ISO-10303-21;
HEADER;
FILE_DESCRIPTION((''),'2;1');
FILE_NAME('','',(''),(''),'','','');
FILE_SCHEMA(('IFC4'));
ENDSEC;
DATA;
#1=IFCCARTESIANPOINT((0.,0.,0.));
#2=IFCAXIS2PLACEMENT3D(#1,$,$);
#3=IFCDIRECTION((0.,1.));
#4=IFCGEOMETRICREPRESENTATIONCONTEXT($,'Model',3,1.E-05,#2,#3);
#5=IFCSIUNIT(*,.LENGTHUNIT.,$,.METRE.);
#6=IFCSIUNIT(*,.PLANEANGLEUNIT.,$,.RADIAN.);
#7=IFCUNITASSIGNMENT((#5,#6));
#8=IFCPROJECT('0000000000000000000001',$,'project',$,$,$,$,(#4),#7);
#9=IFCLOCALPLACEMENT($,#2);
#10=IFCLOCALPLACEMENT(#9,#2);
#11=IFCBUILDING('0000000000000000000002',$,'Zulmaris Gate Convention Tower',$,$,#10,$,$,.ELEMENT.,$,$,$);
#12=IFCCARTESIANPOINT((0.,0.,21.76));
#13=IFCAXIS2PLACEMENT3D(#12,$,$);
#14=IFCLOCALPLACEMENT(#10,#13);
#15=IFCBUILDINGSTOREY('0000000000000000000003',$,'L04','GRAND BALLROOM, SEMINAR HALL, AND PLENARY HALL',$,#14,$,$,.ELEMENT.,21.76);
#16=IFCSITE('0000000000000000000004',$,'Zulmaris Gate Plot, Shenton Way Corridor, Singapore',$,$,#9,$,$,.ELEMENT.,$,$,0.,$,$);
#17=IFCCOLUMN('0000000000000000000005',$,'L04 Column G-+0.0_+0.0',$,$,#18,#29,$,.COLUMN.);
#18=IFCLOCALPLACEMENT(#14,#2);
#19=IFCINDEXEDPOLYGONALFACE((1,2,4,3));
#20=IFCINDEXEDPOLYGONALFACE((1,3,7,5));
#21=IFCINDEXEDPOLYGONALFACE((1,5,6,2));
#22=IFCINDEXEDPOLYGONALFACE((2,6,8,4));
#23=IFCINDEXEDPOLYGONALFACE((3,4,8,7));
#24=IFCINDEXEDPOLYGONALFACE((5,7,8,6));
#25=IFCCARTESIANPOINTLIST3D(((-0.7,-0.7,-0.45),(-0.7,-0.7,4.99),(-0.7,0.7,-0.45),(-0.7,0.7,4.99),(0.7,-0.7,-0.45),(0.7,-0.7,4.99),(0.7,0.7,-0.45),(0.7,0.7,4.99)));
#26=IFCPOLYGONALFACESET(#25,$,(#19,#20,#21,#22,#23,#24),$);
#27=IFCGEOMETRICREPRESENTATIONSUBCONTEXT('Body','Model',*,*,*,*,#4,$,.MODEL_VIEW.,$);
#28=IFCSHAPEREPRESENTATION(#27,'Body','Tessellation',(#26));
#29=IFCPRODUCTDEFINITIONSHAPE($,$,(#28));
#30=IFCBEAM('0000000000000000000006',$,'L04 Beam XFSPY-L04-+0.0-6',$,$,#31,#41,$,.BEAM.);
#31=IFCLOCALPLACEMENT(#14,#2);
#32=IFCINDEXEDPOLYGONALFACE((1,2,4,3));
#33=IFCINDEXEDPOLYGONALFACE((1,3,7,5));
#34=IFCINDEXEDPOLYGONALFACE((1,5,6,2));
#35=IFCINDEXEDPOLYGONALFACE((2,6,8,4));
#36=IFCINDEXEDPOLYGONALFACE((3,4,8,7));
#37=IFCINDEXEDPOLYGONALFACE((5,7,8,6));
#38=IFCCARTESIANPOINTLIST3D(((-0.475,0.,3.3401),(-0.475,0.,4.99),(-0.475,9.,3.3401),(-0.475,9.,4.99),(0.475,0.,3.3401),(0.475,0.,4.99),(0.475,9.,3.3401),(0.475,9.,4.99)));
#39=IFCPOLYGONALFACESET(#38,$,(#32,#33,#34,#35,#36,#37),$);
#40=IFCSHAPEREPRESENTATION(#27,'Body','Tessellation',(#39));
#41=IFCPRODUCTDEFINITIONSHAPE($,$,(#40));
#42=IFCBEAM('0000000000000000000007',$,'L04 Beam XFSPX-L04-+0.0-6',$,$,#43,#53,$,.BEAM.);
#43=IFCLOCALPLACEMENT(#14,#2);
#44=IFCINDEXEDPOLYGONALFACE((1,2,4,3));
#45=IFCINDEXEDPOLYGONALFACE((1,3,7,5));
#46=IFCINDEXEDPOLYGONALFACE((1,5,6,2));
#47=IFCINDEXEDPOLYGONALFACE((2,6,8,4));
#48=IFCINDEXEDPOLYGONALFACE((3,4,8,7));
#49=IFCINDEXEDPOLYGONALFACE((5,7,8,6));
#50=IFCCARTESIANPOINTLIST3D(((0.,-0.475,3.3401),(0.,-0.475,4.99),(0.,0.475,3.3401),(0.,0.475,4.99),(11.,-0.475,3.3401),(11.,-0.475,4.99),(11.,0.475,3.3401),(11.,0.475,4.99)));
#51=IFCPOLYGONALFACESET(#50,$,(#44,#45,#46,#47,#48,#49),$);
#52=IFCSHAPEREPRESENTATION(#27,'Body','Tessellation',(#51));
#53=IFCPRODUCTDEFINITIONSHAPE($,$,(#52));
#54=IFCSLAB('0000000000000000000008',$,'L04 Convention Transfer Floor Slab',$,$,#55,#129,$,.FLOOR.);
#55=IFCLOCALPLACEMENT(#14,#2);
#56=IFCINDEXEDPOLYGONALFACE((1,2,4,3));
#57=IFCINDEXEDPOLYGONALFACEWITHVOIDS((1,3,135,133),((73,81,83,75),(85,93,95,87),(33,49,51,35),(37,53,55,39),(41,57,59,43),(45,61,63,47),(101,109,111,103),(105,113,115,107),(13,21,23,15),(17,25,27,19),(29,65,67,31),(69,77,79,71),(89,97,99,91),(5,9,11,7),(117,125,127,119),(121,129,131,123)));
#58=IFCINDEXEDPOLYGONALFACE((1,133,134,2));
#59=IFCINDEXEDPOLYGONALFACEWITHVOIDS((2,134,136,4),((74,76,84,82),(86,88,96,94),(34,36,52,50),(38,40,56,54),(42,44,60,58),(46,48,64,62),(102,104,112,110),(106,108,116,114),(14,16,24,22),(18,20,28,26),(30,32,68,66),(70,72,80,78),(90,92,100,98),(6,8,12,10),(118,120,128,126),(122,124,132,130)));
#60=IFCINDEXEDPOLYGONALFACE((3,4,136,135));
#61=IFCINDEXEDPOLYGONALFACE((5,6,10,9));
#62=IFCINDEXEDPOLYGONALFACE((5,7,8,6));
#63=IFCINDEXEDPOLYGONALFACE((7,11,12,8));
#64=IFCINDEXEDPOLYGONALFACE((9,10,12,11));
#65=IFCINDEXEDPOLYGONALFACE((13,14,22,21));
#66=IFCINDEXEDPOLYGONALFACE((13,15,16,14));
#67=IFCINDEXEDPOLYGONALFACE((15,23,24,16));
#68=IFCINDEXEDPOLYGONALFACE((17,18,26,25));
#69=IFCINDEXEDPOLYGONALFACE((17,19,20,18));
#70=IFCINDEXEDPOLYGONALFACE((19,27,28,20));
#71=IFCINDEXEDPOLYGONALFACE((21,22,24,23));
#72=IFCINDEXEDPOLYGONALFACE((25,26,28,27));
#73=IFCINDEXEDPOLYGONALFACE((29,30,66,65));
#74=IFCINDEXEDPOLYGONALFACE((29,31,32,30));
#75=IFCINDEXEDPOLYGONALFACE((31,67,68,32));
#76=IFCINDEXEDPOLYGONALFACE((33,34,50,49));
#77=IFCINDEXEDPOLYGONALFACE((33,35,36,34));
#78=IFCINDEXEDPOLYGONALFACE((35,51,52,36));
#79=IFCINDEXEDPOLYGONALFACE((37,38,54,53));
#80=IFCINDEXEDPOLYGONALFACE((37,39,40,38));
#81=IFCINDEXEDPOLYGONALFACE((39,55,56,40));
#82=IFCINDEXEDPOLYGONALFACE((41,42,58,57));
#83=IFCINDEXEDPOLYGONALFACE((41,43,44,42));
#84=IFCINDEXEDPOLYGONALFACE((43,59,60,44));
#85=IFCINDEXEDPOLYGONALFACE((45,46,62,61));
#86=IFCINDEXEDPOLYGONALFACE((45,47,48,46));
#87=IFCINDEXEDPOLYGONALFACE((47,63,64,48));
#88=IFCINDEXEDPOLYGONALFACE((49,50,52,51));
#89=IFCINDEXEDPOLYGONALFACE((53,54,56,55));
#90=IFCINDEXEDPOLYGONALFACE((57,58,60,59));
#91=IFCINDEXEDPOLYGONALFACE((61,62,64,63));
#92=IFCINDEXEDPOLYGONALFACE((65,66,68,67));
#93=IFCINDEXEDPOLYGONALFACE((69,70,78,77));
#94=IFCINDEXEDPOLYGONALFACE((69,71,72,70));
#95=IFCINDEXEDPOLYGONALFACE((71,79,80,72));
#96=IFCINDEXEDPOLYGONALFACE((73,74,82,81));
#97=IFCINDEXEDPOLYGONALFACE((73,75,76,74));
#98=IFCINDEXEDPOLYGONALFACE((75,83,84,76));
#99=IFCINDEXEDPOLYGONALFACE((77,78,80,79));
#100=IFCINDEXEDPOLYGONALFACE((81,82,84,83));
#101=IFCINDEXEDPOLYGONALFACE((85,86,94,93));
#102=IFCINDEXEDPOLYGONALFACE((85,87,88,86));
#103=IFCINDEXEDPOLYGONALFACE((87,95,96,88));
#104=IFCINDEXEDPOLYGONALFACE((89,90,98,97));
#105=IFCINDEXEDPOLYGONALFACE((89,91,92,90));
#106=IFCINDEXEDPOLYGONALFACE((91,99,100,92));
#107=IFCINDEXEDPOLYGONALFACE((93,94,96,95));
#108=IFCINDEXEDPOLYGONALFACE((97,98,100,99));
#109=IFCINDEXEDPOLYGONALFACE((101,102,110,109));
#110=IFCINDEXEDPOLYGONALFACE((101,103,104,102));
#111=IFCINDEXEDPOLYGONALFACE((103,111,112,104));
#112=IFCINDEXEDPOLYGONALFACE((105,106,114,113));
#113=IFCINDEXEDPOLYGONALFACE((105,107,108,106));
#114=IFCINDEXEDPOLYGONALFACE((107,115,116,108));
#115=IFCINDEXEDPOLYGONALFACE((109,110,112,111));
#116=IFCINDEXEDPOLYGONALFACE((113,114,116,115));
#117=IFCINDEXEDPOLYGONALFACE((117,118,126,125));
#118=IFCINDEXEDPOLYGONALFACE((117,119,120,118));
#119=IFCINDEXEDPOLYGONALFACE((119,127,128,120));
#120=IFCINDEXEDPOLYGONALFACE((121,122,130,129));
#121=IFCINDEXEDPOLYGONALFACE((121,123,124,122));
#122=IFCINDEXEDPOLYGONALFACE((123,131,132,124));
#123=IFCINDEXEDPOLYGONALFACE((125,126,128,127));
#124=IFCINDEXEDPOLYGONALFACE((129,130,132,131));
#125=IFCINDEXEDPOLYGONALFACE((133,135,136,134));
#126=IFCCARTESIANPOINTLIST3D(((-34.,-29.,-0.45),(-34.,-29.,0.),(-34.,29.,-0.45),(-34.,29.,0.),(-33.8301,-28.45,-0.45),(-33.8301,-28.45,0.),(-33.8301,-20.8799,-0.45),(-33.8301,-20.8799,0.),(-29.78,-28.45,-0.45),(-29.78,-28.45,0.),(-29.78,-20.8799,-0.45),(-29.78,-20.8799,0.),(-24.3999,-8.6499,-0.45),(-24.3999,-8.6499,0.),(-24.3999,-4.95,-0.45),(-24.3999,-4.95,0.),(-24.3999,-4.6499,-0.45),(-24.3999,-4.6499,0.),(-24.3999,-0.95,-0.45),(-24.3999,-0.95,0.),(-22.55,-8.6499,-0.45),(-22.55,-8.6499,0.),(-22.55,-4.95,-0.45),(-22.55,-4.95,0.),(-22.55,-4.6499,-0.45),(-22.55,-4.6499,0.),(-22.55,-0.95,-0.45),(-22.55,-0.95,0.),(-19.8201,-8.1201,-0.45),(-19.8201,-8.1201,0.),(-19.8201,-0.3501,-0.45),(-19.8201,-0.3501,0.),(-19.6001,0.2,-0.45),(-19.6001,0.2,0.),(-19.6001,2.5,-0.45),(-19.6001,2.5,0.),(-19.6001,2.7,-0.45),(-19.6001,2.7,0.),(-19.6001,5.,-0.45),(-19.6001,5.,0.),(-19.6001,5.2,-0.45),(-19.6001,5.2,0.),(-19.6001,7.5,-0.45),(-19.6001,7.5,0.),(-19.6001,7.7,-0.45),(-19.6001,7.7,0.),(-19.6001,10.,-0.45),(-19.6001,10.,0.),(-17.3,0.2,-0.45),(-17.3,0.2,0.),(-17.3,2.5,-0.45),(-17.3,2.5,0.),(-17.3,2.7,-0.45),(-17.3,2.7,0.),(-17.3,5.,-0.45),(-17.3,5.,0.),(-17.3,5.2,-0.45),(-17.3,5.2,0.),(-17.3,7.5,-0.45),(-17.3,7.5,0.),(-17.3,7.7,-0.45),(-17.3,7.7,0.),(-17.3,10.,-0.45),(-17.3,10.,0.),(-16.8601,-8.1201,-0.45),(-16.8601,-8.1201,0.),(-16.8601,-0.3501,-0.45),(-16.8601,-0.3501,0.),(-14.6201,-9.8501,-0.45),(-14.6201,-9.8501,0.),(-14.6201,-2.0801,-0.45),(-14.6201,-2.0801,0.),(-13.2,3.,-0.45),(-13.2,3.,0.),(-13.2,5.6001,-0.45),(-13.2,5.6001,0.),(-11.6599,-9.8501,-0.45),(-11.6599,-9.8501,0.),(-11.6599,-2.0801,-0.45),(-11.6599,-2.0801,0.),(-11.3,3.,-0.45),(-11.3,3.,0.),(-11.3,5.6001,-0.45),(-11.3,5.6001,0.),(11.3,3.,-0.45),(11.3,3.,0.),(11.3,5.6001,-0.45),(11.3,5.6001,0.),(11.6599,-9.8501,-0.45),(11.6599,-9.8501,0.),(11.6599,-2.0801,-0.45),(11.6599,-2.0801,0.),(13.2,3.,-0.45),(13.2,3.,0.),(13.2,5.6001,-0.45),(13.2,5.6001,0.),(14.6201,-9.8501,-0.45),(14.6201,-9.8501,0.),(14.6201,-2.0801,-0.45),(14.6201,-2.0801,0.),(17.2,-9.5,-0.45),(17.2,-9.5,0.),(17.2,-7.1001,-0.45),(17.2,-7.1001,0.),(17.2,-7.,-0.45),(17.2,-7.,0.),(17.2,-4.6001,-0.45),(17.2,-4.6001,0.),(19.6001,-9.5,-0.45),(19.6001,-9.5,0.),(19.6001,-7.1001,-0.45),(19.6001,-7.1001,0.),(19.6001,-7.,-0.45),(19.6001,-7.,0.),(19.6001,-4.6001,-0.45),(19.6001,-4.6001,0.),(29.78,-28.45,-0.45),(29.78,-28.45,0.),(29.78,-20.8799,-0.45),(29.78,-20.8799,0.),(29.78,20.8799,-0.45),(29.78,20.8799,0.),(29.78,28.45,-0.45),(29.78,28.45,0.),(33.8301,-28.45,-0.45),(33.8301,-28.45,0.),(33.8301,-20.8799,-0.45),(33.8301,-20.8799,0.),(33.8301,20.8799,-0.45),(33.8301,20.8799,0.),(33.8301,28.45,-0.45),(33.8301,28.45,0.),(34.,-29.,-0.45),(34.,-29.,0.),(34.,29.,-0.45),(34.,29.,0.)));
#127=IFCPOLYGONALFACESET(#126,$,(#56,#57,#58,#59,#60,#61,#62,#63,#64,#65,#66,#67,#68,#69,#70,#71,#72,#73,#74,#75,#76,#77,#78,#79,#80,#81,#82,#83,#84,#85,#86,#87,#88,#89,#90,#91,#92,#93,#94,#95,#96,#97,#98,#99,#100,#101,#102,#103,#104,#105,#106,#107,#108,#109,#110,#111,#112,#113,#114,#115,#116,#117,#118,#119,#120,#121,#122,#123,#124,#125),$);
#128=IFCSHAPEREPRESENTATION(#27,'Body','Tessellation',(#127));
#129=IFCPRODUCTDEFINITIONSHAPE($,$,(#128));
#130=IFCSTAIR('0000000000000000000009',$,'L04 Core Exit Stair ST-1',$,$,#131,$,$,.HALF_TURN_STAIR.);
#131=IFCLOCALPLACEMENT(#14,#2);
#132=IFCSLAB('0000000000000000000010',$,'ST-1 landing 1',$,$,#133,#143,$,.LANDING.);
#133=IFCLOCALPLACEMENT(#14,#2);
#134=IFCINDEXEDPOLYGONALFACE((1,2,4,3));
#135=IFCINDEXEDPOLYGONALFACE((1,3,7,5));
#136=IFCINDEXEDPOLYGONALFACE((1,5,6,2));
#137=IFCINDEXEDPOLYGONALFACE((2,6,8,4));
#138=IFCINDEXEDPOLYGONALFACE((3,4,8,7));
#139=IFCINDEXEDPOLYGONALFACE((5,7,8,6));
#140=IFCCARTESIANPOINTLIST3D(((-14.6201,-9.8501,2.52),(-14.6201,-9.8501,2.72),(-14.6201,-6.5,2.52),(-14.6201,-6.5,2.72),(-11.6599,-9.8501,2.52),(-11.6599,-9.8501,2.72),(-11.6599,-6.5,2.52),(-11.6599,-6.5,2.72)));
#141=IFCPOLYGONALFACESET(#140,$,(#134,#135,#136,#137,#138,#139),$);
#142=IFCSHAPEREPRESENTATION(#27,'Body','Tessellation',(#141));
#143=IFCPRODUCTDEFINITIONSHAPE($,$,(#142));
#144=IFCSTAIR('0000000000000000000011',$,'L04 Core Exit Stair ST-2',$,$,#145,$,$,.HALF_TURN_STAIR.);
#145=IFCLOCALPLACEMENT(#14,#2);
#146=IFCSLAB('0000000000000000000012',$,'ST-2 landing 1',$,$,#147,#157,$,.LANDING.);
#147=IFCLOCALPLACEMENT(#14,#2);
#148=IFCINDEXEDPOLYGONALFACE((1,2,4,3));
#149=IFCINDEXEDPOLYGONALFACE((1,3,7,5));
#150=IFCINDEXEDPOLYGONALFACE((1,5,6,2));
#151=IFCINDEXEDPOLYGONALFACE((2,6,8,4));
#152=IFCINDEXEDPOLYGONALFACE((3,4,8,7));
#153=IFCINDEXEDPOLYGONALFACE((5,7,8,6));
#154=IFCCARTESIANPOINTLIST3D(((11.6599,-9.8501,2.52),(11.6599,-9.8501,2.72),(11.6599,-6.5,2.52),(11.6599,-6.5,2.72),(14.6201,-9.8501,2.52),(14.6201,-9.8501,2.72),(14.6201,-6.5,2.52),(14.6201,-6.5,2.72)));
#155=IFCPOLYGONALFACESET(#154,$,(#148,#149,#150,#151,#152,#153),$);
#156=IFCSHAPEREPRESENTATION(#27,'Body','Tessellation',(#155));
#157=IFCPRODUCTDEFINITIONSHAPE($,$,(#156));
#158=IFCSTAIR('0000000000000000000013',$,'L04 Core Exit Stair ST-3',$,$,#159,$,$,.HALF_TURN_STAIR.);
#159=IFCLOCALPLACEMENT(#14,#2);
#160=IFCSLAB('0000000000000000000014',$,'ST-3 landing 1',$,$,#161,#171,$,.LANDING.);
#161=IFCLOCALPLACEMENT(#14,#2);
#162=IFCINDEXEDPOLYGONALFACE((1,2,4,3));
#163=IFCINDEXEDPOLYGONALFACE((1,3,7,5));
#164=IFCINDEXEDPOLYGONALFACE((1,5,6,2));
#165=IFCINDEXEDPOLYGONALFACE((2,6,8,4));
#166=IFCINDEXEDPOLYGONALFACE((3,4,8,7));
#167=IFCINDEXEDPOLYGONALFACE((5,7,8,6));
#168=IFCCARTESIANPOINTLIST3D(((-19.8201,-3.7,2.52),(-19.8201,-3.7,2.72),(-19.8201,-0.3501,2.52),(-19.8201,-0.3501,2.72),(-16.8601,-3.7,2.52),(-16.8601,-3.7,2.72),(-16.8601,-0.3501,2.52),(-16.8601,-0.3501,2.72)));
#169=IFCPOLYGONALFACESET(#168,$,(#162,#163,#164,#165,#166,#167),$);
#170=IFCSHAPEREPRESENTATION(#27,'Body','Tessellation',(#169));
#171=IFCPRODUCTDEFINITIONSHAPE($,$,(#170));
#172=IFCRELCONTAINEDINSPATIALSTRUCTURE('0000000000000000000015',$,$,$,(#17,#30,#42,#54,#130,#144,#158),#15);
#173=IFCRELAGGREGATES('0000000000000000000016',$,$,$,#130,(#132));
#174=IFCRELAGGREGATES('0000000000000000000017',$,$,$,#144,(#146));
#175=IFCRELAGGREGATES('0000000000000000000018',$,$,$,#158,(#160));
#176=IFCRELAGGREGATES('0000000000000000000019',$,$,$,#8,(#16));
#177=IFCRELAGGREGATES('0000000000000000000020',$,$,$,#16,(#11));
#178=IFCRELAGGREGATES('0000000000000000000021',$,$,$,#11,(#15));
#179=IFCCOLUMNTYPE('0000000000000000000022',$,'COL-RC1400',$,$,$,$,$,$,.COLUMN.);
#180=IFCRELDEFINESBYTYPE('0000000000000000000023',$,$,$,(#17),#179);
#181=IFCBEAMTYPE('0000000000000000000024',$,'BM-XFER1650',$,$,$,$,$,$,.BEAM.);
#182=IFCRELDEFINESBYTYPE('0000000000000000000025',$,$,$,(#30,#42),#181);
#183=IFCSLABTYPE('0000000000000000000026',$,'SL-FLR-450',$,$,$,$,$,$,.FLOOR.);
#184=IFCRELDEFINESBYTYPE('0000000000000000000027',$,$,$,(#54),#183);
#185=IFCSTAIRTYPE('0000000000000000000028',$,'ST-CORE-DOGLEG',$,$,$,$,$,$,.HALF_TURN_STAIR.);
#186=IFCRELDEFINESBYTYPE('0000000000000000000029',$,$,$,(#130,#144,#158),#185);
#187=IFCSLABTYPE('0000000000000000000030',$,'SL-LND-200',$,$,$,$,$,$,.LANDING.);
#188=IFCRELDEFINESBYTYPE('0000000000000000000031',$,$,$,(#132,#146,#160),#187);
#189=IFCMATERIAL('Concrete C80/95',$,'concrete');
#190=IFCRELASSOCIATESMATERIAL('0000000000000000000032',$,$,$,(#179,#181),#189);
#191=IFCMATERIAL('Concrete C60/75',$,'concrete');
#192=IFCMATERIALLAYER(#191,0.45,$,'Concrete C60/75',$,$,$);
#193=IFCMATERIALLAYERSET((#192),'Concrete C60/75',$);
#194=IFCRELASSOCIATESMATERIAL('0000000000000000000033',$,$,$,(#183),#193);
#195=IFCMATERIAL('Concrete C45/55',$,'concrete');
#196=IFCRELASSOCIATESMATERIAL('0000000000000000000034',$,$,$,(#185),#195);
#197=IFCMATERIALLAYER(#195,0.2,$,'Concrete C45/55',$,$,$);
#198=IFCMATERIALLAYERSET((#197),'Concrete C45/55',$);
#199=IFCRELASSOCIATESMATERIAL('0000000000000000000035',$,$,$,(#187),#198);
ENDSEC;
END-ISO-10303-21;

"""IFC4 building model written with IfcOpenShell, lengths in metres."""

from ifc_helpers import new_model, si_unit, direction, frame, origin, origin_2d, place, context, subcontext, project, spatial, polyline, rectangle, outline, extrude, material, layer, layer_set, material_profile, profile_set, type_object, element, aggregate, save


model = new_model("IFC4")

# Units and contexts
model_context = context("Model", 3, precision=1e-05, world=origin(), true_north=direction((0.0, 1.0)))
body_context = subcontext(model_context, "Body", "Model", "MODEL_VIEW")
ifc_project = project(units=[si_unit("LENGTHUNIT", "METRE"), si_unit("PLANEANGLEUNIT", "RADIAN")], contexts=[model_context])

# Site, building, storey
site_placement = place(None, origin())
site = spatial("IfcSite", under=ifc_project, at=site_placement, Name="Zulmaris Gate Plot, Shenton Way Corridor, Singapore", CompositionType="ELEMENT", RefElevation=0.0)
building_placement = place(site_placement, origin())
building = spatial("IfcBuilding", under=site, at=building_placement, Name="Zulmaris Gate Convention Tower", CompositionType="ELEMENT")
storey_placement = place(building_placement, frame((0.0, 0.0, 21.76)))
storey = spatial("IfcBuildingStorey", under=building, at=storey_placement, Name="L04", Description="GRAND BALLROOM, SEMINAR HALL, AND PLENARY HALL", CompositionType="ELEMENT", Elevation=21.76)

# Column
ifc_material_1 = material(Name="Concrete C80/95", Category="concrete")
ifc_material_profile_1 = material_profile(ifc_material_1, rectangle(XDim=1.3999, YDim=1.3999, at=origin_2d()), Name="RC COL 1400x1400")
ifc_profile_set_1 = profile_set([ifc_material_profile_1], Name="Concrete C80/95")
column_type = type_object("IfcColumnType", Name="COL-RC1400", PredefinedType="COLUMN", material=ifc_profile_set_1)
column_placement = place(storey_placement, frame((0.0, 0.0, -0.45), z_axis=(0.0, 0.0, 1.0), x_axis=(1.0, 0.0, 0.0)))
element("IfcColumn", 1, at=column_placement, inside=storey, type_object=column_type, Name="L04 Column G-+0.0_+0.0", PredefinedType="COLUMN", context=body_context, shape_type="SweptSolid", body=[
    extrude(rectangle(XDim=1.3999, YDim=1.3999, at=origin_2d()), origin(), (0.0, 0.0, 1.0), 5.4399),
])

# Beams
ifc_material_profile_2 = material_profile(ifc_material_1, rectangle(XDim=0.95, YDim=1.6499, at=origin_2d()), Name="RC TRANSFER 950x1650")
ifc_profile_set_2 = profile_set([ifc_material_profile_2], Name="Concrete C80/95")
beam_type = type_object("IfcBeamType", Name="BM-XFER1650", PredefinedType="BEAM", material=ifc_profile_set_2)
beam_1_placement = place(storey_placement, frame((0.0, 0.0, 4.165), z_axis=(0.0, 1.0, 0.0), x_axis=(-1.0, 0.0, 0.0)))
element("IfcBeam", 2, at=beam_1_placement, inside=storey, type_object=beam_type, Name="L04 Beam XFSPY-L04-+0.0-6", PredefinedType="BEAM", context=body_context, shape_type="SweptSolid", body=[
    extrude(rectangle(XDim=0.95, YDim=1.6499, at=origin_2d()), origin(), (0.0, 0.0, 1.0), 9.0),
])
beam_2_placement = place(storey_placement, frame((0.0, 0.0, 4.165), z_axis=(1.0, 0.0, 0.0), x_axis=(0.0, 1.0, 0.0)))
element("IfcBeam", 3, at=beam_2_placement, inside=storey, type_object=beam_type, Name="L04 Beam XFSPX-L04-+0.0-6", PredefinedType="BEAM", context=body_context, shape_type="SweptSolid", body=[
    extrude(rectangle(XDim=0.95, YDim=1.6499, at=origin_2d()), origin(), (0.0, 0.0, 1.0), 11.0),
])

# Slab
ifc_material_2 = material(Name="Concrete C60/75", Category="concrete")
ifc_layer_1 = layer(ifc_material_2, 0.45, Name="Concrete C60/75")
ifc_layer_set_1 = layer_set([ifc_layer_1], Name="Concrete C60/75")
slab_type_1 = type_object("IfcSlabType", Name="SL-FLR-450", PredefinedType="FLOOR", material=ifc_layer_set_1)
slab_1_placement = place(storey_placement, frame((0.0, 0.0, -0.45)))
element("IfcSlab", 4, at=slab_1_placement, inside=storey, type_object=slab_type_1, Name="L04 Convention Transfer Floor Slab", PredefinedType="FLOOR", context=body_context, shape_type="SweptSolid", body=[
    extrude(outline(polyline([(-34.0, -29.0), (34.0, -29.0), (34.0, 29.0), (-34.0, 29.0), (-34.0, -29.0)]), holes=[polyline([(-14.6201, -2.0801), (-14.6201, -9.8501), (-11.6599, -9.8501), (-11.6599, -2.0801), (-14.6201, -2.0801)]), polyline([(11.6599, -2.0801), (11.6599, -9.8501), (14.6201, -9.8501), (14.6201, -2.0801), (11.6599, -2.0801)]), polyline([(-16.8601, -8.1201), (-16.8601, -0.3501), (-19.8201, -0.3501), (-19.8201, -8.1201), (-16.8601, -8.1201)]), polyline([(-33.8301, -20.8799), (-33.8301, -28.45), (-29.78, -28.45), (-29.78, -20.8799), (-33.8301, -20.8799)]), polyline([(33.8301, 20.8799), (33.8301, 28.45), (29.78, 28.45), (29.78, 20.8799), (33.8301, 20.8799)]), polyline([(29.78, -20.8799), (29.78, -28.45), (33.8301, -28.45), (33.8301, -20.8799), (29.78, -20.8799)]), polyline([(-13.2, 3.0), (-11.3, 3.0), (-11.3, 5.6001), (-13.2, 5.6001), (-13.2, 3.0)]), polyline([(11.3, 3.0), (13.2, 3.0), (13.2, 5.6001), (11.3, 5.6001), (11.3, 3.0)]), polyline([(-19.6001, 0.2), (-17.3, 0.2), (-17.3, 2.5), (-19.6001, 2.5), (-19.6001, 0.2)]), polyline([(-19.6001, 2.7), (-17.3, 2.7), (-17.3, 5.0), (-19.6001, 5.0), (-19.6001, 2.7)]), polyline([(-19.6001, 5.2), (-17.3, 5.2), (-17.3, 7.5), (-19.6001, 7.5), (-19.6001, 5.2)]), polyline([(-19.6001, 7.7), (-17.3, 7.7), (-17.3, 10.0), (-19.6001, 10.0), (-19.6001, 7.7)]), polyline([(17.2, -9.5), (19.6001, -9.5), (19.6001, -7.1001), (17.2, -7.1001), (17.2, -9.5)]), polyline([(17.2, -7.0), (19.6001, -7.0), (19.6001, -4.6001), (17.2, -4.6001), (17.2, -7.0)]), polyline([(-24.3999, -8.6499), (-22.55, -8.6499), (-22.55, -4.95), (-24.3999, -4.95), (-24.3999, -8.6499)]), polyline([(-24.3999, -4.6499), (-22.55, -4.6499), (-22.55, -0.95), (-24.3999, -0.95), (-24.3999, -4.6499)])]), origin(), (0.0, 0.0, 1.0), 0.45),
])

# Stairs, slabs
ifc_material_3 = material(Name="Concrete C45/55", Category="concrete")
stair_type = type_object("IfcStairType", Name="ST-CORE-DOGLEG", PredefinedType="HALF_TURN_STAIR", material=ifc_material_3)
stair_1_placement = place(storey_placement, origin())
stair_1 = element("IfcStair", 5, at=stair_1_placement, inside=storey, type_object=stair_type, Name="L04 Core Exit Stair ST-1", PredefinedType="HALF_TURN_STAIR")
ifc_layer_2 = layer(ifc_material_3, 0.2, Name="Concrete C45/55")
ifc_layer_set_2 = layer_set([ifc_layer_2], Name="Concrete C45/55")
slab_type_2 = type_object("IfcSlabType", Name="SL-LND-200", PredefinedType="LANDING", material=ifc_layer_set_2)
slab_2_placement = place(storey_placement, frame((0.0, 0.0, 2.52)))
slab_2 = element("IfcSlab", 6, at=slab_2_placement, type_object=slab_type_2, Name="ST-1 landing 1", PredefinedType="LANDING", context=body_context, shape_type="SweptSolid", body=[
    extrude(outline(polyline([(-14.6201, -6.5), (-14.6201, -9.8501), (-11.6599, -9.8501), (-11.6599, -6.5), (-14.6201, -6.5)])), origin(), (0.0, 0.0, 1.0), 0.2),
])
aggregate(stair_1, [slab_2])
stair_2_placement = place(storey_placement, origin())
stair_2 = element("IfcStair", 7, at=stair_2_placement, inside=storey, type_object=stair_type, Name="L04 Core Exit Stair ST-2", PredefinedType="HALF_TURN_STAIR")
slab_3_placement = place(storey_placement, frame((0.0, 0.0, 2.52)))
slab_3 = element("IfcSlab", 8, at=slab_3_placement, type_object=slab_type_2, Name="ST-2 landing 1", PredefinedType="LANDING", context=body_context, shape_type="SweptSolid", body=[
    extrude(outline(polyline([(11.6599, -6.5), (11.6599, -9.8501), (14.6201, -9.8501), (14.6201, -6.5), (11.6599, -6.5)])), origin(), (0.0, 0.0, 1.0), 0.2),
])
aggregate(stair_2, [slab_3])
stair_3_placement = place(storey_placement, origin())
stair_3 = element("IfcStair", 9, at=stair_3_placement, inside=storey, type_object=stair_type, Name="L04 Core Exit Stair ST-3", PredefinedType="HALF_TURN_STAIR")
slab_4_placement = place(storey_placement, frame((0.0, 0.0, 2.52)))
slab_4 = element("IfcSlab", 10, at=slab_4_placement, type_object=slab_type_2, Name="ST-3 landing 1", PredefinedType="LANDING", context=body_context, shape_type="SweptSolid", body=[
    extrude(outline(polyline([(-16.8601, -3.7), (-16.8601, -0.3501), (-19.8201, -0.3501), (-19.8201, -3.7), (-16.8601, -3.7)])), origin(), (0.0, 0.0, 1.0), 0.2),
])
aggregate(stair_3, [slab_4])

save(model, "model.ifc")
